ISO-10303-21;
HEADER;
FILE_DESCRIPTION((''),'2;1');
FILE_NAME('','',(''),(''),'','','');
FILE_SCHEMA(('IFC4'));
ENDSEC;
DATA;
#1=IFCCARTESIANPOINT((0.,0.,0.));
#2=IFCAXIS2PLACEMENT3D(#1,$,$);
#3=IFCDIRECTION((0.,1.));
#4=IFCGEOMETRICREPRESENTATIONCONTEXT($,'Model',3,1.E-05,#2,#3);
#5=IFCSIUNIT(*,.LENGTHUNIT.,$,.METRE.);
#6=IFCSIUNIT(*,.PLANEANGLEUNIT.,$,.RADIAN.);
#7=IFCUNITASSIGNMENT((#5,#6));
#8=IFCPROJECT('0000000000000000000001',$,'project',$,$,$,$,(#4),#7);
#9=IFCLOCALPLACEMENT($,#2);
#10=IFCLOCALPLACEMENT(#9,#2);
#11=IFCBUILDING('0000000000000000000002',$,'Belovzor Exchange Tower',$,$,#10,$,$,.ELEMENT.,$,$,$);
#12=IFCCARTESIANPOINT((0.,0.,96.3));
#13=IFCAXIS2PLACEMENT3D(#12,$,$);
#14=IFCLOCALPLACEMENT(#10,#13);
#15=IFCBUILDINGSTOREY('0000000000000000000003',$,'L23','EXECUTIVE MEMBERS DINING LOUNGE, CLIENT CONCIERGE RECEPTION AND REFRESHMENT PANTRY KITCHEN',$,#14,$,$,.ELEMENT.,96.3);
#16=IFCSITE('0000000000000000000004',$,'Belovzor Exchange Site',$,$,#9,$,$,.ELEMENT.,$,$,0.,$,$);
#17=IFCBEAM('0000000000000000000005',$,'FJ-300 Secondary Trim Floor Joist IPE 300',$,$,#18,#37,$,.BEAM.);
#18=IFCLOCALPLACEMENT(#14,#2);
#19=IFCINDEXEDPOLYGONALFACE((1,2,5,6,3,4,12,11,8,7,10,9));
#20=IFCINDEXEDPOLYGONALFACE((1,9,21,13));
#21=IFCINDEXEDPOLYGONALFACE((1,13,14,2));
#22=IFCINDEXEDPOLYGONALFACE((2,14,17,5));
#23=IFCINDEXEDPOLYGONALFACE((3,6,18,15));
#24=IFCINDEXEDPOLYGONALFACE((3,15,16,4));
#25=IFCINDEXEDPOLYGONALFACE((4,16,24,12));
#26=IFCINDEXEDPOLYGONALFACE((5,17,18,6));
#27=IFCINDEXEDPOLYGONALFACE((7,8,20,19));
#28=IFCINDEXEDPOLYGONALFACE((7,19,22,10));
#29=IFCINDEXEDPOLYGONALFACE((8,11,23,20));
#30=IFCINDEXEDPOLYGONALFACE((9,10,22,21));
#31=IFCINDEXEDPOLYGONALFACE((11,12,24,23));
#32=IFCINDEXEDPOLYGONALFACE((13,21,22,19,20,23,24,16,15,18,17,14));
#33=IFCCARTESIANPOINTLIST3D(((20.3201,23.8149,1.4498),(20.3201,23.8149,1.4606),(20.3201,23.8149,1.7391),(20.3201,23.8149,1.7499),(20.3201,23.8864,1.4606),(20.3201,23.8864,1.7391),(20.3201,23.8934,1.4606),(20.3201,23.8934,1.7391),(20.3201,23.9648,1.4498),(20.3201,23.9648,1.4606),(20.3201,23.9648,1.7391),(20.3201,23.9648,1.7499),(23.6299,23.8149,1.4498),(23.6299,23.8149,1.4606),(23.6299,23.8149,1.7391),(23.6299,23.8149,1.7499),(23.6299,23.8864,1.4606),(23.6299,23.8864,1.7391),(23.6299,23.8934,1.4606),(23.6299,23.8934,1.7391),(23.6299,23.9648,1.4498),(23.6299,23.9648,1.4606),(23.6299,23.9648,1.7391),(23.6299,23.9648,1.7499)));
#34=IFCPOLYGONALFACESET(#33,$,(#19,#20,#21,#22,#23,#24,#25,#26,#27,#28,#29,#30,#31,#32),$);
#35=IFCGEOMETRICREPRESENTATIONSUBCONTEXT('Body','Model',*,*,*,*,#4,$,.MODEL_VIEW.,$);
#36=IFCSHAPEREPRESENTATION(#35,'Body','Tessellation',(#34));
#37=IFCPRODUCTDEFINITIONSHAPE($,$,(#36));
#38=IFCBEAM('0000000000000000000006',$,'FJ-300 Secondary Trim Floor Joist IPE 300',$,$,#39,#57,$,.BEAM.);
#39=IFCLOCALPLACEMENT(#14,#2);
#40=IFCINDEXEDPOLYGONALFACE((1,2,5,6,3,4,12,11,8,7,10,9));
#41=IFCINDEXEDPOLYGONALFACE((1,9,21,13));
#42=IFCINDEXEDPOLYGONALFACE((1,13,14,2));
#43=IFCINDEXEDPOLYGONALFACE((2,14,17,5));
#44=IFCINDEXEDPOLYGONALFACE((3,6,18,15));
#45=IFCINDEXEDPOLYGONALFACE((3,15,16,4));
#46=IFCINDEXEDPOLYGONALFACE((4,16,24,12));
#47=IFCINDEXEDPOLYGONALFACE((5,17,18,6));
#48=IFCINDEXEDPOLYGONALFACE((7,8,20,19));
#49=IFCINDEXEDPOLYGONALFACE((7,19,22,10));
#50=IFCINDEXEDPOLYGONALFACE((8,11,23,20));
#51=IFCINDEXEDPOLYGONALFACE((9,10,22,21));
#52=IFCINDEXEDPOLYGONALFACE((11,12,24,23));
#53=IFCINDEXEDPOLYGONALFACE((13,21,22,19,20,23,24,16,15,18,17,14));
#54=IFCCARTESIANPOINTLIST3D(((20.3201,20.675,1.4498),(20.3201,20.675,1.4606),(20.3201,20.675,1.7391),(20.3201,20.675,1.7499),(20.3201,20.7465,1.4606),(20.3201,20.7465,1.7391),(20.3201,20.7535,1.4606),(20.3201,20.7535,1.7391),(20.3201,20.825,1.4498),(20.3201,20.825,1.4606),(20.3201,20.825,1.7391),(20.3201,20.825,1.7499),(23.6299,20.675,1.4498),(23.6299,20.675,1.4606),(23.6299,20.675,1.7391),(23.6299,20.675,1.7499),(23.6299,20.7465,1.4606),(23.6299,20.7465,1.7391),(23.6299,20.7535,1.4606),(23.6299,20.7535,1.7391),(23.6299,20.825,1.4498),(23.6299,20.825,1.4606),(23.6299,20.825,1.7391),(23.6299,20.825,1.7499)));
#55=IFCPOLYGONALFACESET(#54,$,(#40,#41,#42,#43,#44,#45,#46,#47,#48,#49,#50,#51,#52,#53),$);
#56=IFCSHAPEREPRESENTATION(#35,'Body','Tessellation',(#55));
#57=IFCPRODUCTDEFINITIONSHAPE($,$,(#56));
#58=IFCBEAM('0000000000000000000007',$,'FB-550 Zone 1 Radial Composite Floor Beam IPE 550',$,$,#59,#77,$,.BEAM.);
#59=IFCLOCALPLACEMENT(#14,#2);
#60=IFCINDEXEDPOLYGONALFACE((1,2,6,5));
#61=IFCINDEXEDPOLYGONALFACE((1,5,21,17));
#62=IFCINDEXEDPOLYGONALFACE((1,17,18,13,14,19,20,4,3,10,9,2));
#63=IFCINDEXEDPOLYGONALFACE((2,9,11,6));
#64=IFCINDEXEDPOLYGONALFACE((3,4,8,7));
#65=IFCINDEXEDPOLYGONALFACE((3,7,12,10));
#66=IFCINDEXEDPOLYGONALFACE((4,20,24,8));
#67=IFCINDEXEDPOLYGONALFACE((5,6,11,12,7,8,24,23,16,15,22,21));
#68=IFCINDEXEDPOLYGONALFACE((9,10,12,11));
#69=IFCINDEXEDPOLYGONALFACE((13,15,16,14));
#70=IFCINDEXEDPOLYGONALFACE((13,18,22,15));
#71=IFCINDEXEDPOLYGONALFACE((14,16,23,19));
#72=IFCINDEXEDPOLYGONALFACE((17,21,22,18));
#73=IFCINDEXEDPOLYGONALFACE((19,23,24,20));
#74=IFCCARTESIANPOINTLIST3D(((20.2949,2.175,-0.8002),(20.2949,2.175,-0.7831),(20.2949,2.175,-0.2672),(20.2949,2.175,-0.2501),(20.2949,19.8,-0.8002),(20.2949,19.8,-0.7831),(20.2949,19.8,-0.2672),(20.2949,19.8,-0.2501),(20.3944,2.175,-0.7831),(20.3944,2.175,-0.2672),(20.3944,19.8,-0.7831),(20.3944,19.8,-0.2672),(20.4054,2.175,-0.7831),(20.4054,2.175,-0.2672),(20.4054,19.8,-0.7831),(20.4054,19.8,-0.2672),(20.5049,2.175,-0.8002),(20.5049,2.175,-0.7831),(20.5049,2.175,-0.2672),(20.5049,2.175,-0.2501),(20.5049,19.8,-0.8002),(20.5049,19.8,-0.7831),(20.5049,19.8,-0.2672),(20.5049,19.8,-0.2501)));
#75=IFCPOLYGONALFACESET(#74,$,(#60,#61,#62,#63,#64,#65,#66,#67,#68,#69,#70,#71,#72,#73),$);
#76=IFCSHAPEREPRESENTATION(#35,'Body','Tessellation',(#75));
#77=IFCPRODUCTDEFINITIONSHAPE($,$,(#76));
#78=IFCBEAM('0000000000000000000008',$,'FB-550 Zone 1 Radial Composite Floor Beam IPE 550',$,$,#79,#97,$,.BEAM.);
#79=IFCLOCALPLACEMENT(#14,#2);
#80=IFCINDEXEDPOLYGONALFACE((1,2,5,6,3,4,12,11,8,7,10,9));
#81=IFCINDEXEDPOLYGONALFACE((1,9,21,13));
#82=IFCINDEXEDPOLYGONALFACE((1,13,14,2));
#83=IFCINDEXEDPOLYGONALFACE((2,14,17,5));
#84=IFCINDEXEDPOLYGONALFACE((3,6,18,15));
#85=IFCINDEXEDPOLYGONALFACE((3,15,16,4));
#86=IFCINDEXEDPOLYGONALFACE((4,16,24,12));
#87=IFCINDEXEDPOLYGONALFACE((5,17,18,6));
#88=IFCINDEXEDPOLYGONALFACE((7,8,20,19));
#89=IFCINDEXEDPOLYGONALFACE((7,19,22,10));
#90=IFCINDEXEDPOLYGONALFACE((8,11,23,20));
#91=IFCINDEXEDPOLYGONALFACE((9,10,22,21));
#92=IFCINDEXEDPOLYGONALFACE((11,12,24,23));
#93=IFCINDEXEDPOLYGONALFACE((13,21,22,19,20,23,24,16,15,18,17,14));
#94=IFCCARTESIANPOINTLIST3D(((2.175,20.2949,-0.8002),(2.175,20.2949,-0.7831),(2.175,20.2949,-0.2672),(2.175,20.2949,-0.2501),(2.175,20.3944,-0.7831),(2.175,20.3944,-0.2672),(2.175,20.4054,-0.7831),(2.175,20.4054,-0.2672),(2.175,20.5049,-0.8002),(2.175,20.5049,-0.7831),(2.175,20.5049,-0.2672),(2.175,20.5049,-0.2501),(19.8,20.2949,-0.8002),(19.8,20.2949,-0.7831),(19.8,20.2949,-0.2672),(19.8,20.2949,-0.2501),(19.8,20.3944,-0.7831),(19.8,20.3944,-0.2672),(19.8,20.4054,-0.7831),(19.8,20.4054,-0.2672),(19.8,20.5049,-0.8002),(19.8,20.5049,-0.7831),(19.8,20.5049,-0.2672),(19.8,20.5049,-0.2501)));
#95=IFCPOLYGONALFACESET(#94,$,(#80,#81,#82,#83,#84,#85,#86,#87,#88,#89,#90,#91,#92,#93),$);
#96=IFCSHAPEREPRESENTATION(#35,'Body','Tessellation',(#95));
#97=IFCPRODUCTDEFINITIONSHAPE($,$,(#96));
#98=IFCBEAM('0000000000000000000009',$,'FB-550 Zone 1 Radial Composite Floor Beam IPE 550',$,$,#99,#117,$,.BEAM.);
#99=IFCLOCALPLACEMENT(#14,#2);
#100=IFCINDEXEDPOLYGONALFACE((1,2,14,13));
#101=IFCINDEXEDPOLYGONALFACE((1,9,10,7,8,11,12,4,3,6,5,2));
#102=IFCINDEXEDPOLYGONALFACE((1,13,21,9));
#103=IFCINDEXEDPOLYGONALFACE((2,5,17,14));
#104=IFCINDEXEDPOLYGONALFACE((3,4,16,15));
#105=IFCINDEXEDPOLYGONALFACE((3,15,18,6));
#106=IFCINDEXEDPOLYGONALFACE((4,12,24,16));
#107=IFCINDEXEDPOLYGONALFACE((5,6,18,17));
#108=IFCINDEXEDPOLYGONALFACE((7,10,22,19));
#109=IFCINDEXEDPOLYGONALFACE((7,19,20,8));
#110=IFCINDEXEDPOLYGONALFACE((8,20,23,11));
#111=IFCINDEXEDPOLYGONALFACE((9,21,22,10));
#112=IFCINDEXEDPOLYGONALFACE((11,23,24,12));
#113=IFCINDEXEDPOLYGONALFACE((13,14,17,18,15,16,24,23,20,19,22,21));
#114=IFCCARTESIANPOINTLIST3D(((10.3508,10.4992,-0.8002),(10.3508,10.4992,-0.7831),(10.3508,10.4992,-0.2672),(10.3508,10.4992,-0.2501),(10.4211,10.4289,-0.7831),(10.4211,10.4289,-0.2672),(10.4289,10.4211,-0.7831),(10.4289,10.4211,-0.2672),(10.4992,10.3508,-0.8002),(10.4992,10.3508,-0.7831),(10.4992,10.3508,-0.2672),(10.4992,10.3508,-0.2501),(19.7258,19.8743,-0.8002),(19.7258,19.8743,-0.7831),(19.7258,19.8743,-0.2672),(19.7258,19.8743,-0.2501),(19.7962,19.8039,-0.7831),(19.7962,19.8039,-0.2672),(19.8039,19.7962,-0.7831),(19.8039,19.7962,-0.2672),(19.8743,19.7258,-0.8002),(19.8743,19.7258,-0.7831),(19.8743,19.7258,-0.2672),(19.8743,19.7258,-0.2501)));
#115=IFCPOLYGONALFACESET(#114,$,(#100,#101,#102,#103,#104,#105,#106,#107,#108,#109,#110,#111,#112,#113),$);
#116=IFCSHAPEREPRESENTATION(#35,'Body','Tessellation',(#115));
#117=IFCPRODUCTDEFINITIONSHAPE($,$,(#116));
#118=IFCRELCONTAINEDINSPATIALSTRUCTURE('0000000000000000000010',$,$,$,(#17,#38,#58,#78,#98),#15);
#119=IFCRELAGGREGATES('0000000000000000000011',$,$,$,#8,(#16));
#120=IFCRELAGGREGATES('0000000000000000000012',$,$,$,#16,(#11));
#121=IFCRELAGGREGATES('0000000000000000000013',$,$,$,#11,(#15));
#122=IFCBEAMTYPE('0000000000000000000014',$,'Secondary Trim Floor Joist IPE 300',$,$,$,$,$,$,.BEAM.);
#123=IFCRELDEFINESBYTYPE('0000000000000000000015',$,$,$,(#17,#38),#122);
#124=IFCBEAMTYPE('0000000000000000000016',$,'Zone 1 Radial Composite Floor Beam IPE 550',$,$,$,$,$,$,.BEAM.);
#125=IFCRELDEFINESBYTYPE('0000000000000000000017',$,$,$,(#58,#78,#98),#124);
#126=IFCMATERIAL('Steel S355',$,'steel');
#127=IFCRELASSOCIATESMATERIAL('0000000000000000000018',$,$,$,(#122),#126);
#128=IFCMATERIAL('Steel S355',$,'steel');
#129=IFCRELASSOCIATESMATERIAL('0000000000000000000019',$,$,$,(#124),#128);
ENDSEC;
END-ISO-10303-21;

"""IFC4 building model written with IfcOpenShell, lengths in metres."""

from ifc_helpers import new_model, si_unit, direction, frame, origin, origin_2d, place, context, subcontext, project, spatial, i_section, extrude, material, material_profile, profile_set, type_object, element, save


model = new_model("IFC4")

# Units and contexts
model_context = context("Model", 3, precision=1e-05, world=origin(), true_north=direction((0.0, 1.0)))
body_context = subcontext(model_context, "Body", "Model", "MODEL_VIEW")
ifc_project = project(units=[si_unit("LENGTHUNIT", "METRE"), si_unit("PLANEANGLEUNIT", "RADIAN")], contexts=[model_context])

# Site, building, storey
site_placement = place(None, origin())
site = spatial("IfcSite", under=ifc_project, at=site_placement, Name="Belovzor Exchange Site", CompositionType="ELEMENT", RefElevation=0.0)
building_placement = place(site_placement, origin())
building = spatial("IfcBuilding", under=site, at=building_placement, Name="Belovzor Exchange Tower", CompositionType="ELEMENT")
storey_placement = place(building_placement, frame((0.0, 0.0, 96.3)))
storey = spatial("IfcBuildingStorey", under=building, at=storey_placement, Name="L23", Description="EXECUTIVE MEMBERS DINING LOUNGE, CLIENT CONCIERGE RECEPTION AND REFRESHMENT PANTRY KITCHEN", CompositionType="ELEMENT", Elevation=96.3)

# Beams
ifc_material_1 = material(Name="Steel S355", Category="steel")
ifc_material_profile_1 = material_profile(ifc_material_1, i_section(OverallWidth=0.1499, OverallDepth=0.3, WebThickness=0.0071, FlangeThickness=0.0107, at=origin_2d()))
ifc_profile_set_1 = profile_set([ifc_material_profile_1], Name="Steel S355")
beam_type_1 = type_object("IfcBeamType", Name="Secondary Trim Floor Joist IPE 300", PredefinedType="BEAM", material=ifc_profile_set_1)
for number, where, z_axis, x_axis, name in (
    (1, (20.3201, 23.8899, 1.5999), (1.0, 0.0, 0.0), (0.0, 1.0, 0.0), "FJ-300 Secondary Trim Floor Joist IPE 300"),
    (2, (20.3201, 20.75, 1.5999), (1.0, 0.0, 0.0), (0.0, 1.0, 0.0), "FJ-300 Secondary Trim Floor Joist IPE 300"),
):
    element("IfcBeam", number, at=place(storey_placement, frame(where, z_axis=z_axis, x_axis=x_axis)), inside=storey, type_object=beam_type_1, Name=name, PredefinedType="BEAM", context=body_context, shape_type="SweptSolid", body=[
        extrude(i_section(OverallWidth=0.1499, OverallDepth=0.3, WebThickness=0.0071, FlangeThickness=0.0107, at=origin_2d()), origin(), (0.0, 0.0, 1.0), 3.3098),
    ])
ifc_material_2 = material(Name="Steel S355", Category="steel")
ifc_material_profile_2 = material_profile(ifc_material_2, i_section(OverallWidth=0.21, OverallDepth=0.55, WebThickness=0.011, FlangeThickness=0.0171, at=origin_2d()))
ifc_profile_set_2 = profile_set([ifc_material_profile_2], Name="Steel S355")
beam_type_2 = type_object("IfcBeamType", Name="Zone 1 Radial Composite Floor Beam IPE 550", PredefinedType="BEAM", material=ifc_profile_set_2)
for number, where, z_axis, x_axis, name in (
    (3, (20.3999, 19.8, -0.5251), (0.0, -1.0, 0.0), (1.0, 0.0, 0.0), "FB-550 Zone 1 Radial Composite Floor Beam IPE 550"),
    (4, (19.8, 20.3999, -0.5251), (-1.0, 0.0, 0.0), (0.0, -1.0, 0.0), "FB-550 Zone 1 Radial Composite Floor Beam IPE 550"),
):
    element("IfcBeam", number, at=place(storey_placement, frame(where, z_axis=z_axis, x_axis=x_axis)), inside=storey, type_object=beam_type_2, Name=name, PredefinedType="BEAM", context=body_context, shape_type="SweptSolid", body=[
        extrude(i_section(OverallWidth=0.21, OverallDepth=0.55, WebThickness=0.011, FlangeThickness=0.0171, at=origin_2d()), origin(), (0.0, 0.0, 1.0), 17.625),
    ])
beam_placement = place(storey_placement, frame((19.8, 19.8, -0.5251), z_axis=(-0.707107, -0.707107, 0.0), x_axis=(0.707107, -0.707107, 0.0)))
element("IfcBeam", 5, at=beam_placement, inside=storey, type_object=beam_type_2, Name="FB-550 Zone 1 Radial Composite Floor Beam IPE 550", PredefinedType="BEAM", context=body_context, shape_type="SweptSolid", body=[
    extrude(i_section(OverallWidth=0.21, OverallDepth=0.55, WebThickness=0.011, FlangeThickness=0.0171, at=origin_2d()), origin(), (0.0, 0.0, 1.0), 13.2583),
])

save(model, "model.ifc")
